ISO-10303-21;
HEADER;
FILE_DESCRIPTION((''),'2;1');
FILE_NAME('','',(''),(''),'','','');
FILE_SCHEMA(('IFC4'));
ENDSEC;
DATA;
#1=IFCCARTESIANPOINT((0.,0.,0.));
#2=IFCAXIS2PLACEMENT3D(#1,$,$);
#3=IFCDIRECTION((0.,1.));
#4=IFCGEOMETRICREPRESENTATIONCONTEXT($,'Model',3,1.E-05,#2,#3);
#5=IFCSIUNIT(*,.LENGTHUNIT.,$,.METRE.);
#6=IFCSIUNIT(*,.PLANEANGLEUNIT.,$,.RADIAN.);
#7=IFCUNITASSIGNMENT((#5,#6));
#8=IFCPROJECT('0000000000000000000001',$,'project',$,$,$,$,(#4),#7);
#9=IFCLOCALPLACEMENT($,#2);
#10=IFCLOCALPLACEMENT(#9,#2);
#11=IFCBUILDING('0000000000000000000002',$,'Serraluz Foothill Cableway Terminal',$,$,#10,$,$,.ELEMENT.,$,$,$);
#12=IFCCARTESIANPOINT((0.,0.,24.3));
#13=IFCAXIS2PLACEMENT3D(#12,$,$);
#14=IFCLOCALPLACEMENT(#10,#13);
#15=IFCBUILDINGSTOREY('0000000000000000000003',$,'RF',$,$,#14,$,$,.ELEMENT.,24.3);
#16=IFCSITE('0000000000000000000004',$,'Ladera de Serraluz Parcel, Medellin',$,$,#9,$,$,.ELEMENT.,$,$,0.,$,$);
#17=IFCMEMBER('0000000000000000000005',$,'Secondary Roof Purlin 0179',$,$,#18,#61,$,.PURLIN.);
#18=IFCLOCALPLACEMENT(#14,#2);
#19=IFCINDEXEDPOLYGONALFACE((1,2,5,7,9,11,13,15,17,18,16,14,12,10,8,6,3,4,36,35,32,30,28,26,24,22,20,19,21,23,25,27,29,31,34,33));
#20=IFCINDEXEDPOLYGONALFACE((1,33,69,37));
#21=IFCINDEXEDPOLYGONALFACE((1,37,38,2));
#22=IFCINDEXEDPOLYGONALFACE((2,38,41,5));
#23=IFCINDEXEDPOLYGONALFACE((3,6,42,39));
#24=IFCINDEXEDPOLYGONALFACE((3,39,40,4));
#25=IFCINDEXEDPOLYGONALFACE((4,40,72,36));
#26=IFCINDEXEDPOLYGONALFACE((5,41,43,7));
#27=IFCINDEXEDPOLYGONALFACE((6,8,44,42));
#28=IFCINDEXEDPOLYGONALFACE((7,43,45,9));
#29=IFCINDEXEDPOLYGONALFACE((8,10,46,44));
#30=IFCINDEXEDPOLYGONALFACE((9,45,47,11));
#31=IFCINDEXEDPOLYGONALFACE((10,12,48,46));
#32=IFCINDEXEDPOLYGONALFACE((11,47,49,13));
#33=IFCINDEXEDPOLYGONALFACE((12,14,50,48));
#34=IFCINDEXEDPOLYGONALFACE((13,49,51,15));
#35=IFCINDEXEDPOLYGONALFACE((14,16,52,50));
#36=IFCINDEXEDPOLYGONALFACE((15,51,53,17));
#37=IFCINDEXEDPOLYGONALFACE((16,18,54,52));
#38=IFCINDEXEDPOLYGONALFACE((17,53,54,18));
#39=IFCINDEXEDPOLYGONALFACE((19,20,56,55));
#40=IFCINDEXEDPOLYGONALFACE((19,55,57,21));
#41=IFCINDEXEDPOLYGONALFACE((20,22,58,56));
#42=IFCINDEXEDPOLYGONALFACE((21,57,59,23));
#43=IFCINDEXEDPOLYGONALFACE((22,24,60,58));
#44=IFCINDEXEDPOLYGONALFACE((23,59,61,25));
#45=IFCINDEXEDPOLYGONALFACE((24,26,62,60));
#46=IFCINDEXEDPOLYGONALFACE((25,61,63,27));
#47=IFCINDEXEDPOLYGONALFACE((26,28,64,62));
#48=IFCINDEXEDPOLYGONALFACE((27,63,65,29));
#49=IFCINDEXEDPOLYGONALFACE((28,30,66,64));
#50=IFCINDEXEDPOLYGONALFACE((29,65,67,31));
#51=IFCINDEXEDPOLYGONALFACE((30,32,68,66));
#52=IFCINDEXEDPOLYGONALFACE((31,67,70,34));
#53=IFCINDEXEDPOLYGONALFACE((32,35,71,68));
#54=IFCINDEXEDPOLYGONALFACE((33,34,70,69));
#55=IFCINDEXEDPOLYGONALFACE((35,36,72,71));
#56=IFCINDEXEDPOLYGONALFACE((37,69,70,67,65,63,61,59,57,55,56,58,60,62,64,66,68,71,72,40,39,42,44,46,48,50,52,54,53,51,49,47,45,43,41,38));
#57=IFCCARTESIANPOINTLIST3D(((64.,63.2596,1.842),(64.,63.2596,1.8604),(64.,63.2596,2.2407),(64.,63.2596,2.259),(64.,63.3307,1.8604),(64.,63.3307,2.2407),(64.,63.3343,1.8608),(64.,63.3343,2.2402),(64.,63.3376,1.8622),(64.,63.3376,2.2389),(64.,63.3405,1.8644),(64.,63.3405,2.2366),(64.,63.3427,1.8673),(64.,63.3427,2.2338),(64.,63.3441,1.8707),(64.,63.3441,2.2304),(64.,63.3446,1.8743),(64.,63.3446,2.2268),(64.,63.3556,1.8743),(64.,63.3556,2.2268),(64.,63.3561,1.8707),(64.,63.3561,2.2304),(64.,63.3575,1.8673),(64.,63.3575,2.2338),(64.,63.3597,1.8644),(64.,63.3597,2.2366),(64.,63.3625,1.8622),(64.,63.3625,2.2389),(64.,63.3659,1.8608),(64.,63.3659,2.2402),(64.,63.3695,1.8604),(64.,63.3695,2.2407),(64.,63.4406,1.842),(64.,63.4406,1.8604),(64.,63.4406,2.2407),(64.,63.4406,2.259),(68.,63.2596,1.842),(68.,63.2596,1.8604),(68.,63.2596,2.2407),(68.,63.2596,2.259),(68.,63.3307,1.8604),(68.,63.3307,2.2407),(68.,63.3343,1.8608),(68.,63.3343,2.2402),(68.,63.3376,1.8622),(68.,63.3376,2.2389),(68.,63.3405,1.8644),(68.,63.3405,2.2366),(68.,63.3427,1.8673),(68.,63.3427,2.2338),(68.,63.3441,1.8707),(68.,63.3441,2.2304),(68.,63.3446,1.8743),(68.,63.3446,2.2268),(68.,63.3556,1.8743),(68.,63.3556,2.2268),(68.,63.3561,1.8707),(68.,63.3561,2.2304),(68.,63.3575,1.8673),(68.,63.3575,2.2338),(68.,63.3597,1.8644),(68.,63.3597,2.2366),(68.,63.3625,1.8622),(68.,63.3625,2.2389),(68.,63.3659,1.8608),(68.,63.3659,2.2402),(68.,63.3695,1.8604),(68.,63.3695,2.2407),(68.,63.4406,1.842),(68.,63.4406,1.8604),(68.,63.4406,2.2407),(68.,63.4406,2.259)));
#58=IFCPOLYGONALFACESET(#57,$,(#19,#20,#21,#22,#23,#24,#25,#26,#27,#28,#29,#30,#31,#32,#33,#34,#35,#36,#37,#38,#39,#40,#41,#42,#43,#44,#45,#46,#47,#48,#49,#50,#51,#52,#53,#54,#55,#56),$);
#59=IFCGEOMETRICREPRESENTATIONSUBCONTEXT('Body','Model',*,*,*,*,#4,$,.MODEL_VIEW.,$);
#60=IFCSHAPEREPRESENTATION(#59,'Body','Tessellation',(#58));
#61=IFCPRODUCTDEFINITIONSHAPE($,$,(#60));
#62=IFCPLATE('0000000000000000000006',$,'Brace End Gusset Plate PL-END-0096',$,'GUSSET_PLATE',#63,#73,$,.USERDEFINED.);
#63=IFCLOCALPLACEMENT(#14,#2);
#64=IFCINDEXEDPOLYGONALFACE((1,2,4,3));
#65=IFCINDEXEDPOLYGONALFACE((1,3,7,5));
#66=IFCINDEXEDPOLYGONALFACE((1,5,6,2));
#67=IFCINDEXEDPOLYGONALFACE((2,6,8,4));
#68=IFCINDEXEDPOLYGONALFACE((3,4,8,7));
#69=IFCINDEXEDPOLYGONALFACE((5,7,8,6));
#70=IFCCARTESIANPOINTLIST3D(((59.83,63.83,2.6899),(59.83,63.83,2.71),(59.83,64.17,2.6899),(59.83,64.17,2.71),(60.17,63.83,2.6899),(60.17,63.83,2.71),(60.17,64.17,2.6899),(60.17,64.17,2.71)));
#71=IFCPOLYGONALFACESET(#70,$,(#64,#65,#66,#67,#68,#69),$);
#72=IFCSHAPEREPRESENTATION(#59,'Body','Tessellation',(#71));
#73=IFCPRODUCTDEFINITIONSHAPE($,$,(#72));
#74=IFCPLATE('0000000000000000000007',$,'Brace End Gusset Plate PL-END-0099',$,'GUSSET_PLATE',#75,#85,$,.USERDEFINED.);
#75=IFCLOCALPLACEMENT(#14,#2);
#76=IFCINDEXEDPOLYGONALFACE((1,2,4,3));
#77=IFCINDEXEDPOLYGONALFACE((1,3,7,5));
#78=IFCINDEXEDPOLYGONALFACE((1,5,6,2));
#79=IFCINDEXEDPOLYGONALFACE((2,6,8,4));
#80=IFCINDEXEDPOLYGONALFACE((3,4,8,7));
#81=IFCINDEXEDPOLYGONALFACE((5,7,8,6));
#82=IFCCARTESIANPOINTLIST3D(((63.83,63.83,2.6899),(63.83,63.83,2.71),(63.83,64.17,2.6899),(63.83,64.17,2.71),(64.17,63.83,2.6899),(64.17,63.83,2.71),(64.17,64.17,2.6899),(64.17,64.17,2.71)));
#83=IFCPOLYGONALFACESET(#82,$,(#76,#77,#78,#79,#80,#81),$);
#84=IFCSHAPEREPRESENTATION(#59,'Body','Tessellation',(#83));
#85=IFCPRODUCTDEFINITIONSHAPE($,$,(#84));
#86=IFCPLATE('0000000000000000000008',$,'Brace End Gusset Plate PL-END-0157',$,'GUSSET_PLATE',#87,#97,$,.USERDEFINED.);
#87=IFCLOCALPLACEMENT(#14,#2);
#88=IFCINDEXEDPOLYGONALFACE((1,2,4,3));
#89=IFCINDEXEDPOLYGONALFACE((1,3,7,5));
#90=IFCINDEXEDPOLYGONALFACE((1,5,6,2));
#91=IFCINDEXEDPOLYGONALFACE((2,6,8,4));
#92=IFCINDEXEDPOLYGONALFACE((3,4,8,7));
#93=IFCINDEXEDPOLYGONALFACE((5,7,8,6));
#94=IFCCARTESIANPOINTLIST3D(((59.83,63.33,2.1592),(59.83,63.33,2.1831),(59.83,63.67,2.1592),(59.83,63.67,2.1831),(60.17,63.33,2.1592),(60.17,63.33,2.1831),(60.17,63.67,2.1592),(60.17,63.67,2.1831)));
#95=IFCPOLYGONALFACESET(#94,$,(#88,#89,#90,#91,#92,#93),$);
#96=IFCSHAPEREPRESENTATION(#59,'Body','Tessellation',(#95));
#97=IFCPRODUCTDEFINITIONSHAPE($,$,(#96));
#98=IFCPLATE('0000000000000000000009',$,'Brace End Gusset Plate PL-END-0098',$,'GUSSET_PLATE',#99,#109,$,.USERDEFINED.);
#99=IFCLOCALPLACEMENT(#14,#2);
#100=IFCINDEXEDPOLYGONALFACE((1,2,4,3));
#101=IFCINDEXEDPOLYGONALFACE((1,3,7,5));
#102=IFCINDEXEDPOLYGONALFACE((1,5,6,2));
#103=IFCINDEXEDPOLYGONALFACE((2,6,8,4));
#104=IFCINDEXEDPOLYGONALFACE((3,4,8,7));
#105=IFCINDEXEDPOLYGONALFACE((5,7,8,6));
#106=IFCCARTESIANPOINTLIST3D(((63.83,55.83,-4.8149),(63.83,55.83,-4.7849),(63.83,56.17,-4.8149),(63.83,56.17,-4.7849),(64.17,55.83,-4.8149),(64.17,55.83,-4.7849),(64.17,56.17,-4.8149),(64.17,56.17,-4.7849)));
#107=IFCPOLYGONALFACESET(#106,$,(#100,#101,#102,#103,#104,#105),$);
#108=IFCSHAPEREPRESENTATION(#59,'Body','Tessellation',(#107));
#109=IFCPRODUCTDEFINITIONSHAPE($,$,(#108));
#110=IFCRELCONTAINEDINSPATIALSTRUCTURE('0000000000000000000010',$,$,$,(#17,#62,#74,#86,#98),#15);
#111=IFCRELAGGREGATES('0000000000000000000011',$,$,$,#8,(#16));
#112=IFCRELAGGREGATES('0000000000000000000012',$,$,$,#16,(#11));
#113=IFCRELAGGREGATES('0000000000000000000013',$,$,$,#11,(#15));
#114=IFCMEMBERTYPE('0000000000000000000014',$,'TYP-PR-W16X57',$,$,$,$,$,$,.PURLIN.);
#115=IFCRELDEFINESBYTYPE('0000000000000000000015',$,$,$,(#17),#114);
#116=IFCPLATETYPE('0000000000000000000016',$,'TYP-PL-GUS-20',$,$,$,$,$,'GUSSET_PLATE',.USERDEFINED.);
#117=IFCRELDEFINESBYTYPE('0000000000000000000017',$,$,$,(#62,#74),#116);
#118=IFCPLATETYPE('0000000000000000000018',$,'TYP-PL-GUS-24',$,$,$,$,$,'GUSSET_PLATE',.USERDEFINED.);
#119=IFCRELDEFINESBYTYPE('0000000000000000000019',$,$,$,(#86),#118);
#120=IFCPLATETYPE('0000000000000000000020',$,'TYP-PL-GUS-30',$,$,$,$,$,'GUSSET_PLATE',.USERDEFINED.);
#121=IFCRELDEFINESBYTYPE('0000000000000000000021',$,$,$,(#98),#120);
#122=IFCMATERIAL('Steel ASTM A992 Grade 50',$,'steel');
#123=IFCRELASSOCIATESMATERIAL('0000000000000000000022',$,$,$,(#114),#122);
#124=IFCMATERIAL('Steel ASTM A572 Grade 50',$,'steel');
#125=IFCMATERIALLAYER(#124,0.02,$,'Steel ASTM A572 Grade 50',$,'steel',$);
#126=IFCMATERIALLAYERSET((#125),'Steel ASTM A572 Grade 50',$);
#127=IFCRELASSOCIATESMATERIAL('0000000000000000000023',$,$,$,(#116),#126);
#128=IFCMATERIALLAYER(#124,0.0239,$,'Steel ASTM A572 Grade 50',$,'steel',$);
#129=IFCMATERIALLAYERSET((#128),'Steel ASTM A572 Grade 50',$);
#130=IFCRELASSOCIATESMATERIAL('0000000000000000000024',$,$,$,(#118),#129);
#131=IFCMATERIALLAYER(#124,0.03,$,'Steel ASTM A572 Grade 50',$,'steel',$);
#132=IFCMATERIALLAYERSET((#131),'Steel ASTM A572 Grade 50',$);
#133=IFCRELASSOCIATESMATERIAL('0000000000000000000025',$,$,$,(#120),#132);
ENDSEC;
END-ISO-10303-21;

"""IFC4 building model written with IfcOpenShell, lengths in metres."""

from ifc_helpers import new_model, si_unit, direction, frame, origin, origin_2d, place, context, subcontext, project, spatial, rectangle, i_section, extrude, material, layer, layer_set, material_profile, profile_set, type_object, element, save


model = new_model("IFC4")

# Units and contexts
model_context = context("Model", 3, precision=1e-05, world=origin(), true_north=direction((0.0, 1.0)))
body_context = subcontext(model_context, "Body", "Model", "MODEL_VIEW")
ifc_project = project(units=[si_unit("LENGTHUNIT", "METRE"), si_unit("PLANEANGLEUNIT", "RADIAN")], contexts=[model_context])

# Site, building, storey
site_placement = place(None, origin())
site = spatial("IfcSite", under=ifc_project, at=site_placement, Name="Ladera de Serraluz Parcel, Medellin", CompositionType="ELEMENT", RefElevation=0.0)
building_placement = place(site_placement, origin())
building = spatial("IfcBuilding", under=site, at=building_placement, Name="Serraluz Foothill Cableway Terminal", CompositionType="ELEMENT")
storey_placement = place(building_placement, frame((0.0, 0.0, 24.3)))
storey = spatial("IfcBuildingStorey", under=building, at=storey_placement, Name="RF", CompositionType="ELEMENT", Elevation=24.3)

# Member
ifc_material_1 = material(Name="Steel ASTM A572 Grade 50", Category="steel")
ifc_material_2 = material(Name="Steel ASTM A992 Grade 50", Category="steel")
ifc_material_profile_1 = material_profile(ifc_material_2, i_section(OverallWidth=0.1809, OverallDepth=0.417, WebThickness=0.011, FlangeThickness=0.0183, FilletRadius=0.0139, at=origin_2d()), Name="W16X57")
ifc_profile_set_1 = profile_set([ifc_material_profile_1], Name="Steel ASTM A992 Grade 50")
member_type_1 = type_object("IfcMemberType", Name="TYP-PR-W16X57", PredefinedType="PURLIN", material=ifc_profile_set_1)
for number, where, z_axis, x_axis, name in (
    (1, (64.0, 63.3501, 2.0505), (1.0, 0.0, 0.0), (0.0, 1.0, 0.0), "Secondary Roof Purlin 0179"),
):
    element("IfcMember", number, at=place(storey_placement, frame(where, z_axis=z_axis, x_axis=x_axis)), inside=storey, type_object=member_type_1, Name=name, PredefinedType="PURLIN", context=body_context, shape_type="SweptSolid", body=[
        extrude(i_section(OverallWidth=0.1809, OverallDepth=0.417, WebThickness=0.011, FlangeThickness=0.0183, FilletRadius=0.0139, at=origin_2d()), origin(), (0.0, 0.0, 1.0), 4.0),
    ])

# Plates
ifc_layer_1 = layer(ifc_material_1, 0.02, Name="Steel ASTM A572 Grade 50", Category="steel")
ifc_layer_set_1 = layer_set([ifc_layer_1], Name="Steel ASTM A572 Grade 50")
plate_type_1 = type_object("IfcPlateType", Name="TYP-PL-GUS-20", ElementType="GUSSET_PLATE", PredefinedType="USERDEFINED", material=ifc_layer_set_1)
for number, where, z_axis, x_axis, name in (
    (2, (60.0, 64.0, 2.6899), (0.0, 0.0, 1.0), (1.0, 0.0, 0.0), "Brace End Gusset Plate PL-END-0096"),
    (3, (64.0, 64.0, 2.6899), (0.0, 0.0, 1.0), (1.0, 0.0, 0.0), "Brace End Gusset Plate PL-END-0099"),
):
    element("IfcPlate", number, at=place(storey_placement, frame(where, z_axis=z_axis, x_axis=x_axis)), inside=storey, type_object=plate_type_1, Name=name, ObjectType="GUSSET_PLATE", PredefinedType="USERDEFINED", context=body_context, shape_type="SweptSolid", body=[
        extrude(rectangle(XDim=0.3401, YDim=0.3401, at=origin_2d()), origin(), (0.0, 0.0, 1.0), 0.02),
    ])
ifc_layer_2 = layer(ifc_material_1, 0.0239, Name="Steel ASTM A572 Grade 50", Category="steel")
ifc_layer_set_2 = layer_set([ifc_layer_2], Name="Steel ASTM A572 Grade 50")
plate_type_2 = type_object("IfcPlateType", Name="TYP-PL-GUS-24", ElementType="GUSSET_PLATE", PredefinedType="USERDEFINED", material=ifc_layer_set_2)
plate_1_placement = place(storey_placement, frame((60.0, 63.5, 2.1592), z_axis=(0.0, 0.0, 1.0), x_axis=(1.0, 0.0, 0.0)))
element("IfcPlate", 4, at=plate_1_placement, inside=storey, type_object=plate_type_2, Name="Brace End Gusset Plate PL-END-0157", ObjectType="GUSSET_PLATE", PredefinedType="USERDEFINED", context=body_context, shape_type="SweptSolid", body=[
    extrude(rectangle(XDim=0.3401, YDim=0.3401, at=origin_2d()), origin(), (0.0, 0.0, 1.0), 0.0239),
])
ifc_layer_3 = layer(ifc_material_1, 0.03, Name="Steel ASTM A572 Grade 50", Category="steel")
ifc_layer_set_3 = layer_set([ifc_layer_3], Name="Steel ASTM A572 Grade 50")
plate_type_3 = type_object("IfcPlateType", Name="TYP-PL-GUS-30", ElementType="GUSSET_PLATE", PredefinedType="USERDEFINED", material=ifc_layer_set_3)
plate_2_placement = place(storey_placement, frame((64.0, 56.0, -4.8149), z_axis=(0.0, 0.0, 1.0), x_axis=(1.0, 0.0, 0.0)))
element("IfcPlate", 5, at=plate_2_placement, inside=storey, type_object=plate_type_3, Name="Brace End Gusset Plate PL-END-0098", ObjectType="GUSSET_PLATE", PredefinedType="USERDEFINED", context=body_context, shape_type="SweptSolid", body=[
    extrude(rectangle(XDim=0.3401, YDim=0.3401, at=origin_2d()), origin(), (0.0, 0.0, 1.0), 0.03),
])

save(model, "model.ifc")
